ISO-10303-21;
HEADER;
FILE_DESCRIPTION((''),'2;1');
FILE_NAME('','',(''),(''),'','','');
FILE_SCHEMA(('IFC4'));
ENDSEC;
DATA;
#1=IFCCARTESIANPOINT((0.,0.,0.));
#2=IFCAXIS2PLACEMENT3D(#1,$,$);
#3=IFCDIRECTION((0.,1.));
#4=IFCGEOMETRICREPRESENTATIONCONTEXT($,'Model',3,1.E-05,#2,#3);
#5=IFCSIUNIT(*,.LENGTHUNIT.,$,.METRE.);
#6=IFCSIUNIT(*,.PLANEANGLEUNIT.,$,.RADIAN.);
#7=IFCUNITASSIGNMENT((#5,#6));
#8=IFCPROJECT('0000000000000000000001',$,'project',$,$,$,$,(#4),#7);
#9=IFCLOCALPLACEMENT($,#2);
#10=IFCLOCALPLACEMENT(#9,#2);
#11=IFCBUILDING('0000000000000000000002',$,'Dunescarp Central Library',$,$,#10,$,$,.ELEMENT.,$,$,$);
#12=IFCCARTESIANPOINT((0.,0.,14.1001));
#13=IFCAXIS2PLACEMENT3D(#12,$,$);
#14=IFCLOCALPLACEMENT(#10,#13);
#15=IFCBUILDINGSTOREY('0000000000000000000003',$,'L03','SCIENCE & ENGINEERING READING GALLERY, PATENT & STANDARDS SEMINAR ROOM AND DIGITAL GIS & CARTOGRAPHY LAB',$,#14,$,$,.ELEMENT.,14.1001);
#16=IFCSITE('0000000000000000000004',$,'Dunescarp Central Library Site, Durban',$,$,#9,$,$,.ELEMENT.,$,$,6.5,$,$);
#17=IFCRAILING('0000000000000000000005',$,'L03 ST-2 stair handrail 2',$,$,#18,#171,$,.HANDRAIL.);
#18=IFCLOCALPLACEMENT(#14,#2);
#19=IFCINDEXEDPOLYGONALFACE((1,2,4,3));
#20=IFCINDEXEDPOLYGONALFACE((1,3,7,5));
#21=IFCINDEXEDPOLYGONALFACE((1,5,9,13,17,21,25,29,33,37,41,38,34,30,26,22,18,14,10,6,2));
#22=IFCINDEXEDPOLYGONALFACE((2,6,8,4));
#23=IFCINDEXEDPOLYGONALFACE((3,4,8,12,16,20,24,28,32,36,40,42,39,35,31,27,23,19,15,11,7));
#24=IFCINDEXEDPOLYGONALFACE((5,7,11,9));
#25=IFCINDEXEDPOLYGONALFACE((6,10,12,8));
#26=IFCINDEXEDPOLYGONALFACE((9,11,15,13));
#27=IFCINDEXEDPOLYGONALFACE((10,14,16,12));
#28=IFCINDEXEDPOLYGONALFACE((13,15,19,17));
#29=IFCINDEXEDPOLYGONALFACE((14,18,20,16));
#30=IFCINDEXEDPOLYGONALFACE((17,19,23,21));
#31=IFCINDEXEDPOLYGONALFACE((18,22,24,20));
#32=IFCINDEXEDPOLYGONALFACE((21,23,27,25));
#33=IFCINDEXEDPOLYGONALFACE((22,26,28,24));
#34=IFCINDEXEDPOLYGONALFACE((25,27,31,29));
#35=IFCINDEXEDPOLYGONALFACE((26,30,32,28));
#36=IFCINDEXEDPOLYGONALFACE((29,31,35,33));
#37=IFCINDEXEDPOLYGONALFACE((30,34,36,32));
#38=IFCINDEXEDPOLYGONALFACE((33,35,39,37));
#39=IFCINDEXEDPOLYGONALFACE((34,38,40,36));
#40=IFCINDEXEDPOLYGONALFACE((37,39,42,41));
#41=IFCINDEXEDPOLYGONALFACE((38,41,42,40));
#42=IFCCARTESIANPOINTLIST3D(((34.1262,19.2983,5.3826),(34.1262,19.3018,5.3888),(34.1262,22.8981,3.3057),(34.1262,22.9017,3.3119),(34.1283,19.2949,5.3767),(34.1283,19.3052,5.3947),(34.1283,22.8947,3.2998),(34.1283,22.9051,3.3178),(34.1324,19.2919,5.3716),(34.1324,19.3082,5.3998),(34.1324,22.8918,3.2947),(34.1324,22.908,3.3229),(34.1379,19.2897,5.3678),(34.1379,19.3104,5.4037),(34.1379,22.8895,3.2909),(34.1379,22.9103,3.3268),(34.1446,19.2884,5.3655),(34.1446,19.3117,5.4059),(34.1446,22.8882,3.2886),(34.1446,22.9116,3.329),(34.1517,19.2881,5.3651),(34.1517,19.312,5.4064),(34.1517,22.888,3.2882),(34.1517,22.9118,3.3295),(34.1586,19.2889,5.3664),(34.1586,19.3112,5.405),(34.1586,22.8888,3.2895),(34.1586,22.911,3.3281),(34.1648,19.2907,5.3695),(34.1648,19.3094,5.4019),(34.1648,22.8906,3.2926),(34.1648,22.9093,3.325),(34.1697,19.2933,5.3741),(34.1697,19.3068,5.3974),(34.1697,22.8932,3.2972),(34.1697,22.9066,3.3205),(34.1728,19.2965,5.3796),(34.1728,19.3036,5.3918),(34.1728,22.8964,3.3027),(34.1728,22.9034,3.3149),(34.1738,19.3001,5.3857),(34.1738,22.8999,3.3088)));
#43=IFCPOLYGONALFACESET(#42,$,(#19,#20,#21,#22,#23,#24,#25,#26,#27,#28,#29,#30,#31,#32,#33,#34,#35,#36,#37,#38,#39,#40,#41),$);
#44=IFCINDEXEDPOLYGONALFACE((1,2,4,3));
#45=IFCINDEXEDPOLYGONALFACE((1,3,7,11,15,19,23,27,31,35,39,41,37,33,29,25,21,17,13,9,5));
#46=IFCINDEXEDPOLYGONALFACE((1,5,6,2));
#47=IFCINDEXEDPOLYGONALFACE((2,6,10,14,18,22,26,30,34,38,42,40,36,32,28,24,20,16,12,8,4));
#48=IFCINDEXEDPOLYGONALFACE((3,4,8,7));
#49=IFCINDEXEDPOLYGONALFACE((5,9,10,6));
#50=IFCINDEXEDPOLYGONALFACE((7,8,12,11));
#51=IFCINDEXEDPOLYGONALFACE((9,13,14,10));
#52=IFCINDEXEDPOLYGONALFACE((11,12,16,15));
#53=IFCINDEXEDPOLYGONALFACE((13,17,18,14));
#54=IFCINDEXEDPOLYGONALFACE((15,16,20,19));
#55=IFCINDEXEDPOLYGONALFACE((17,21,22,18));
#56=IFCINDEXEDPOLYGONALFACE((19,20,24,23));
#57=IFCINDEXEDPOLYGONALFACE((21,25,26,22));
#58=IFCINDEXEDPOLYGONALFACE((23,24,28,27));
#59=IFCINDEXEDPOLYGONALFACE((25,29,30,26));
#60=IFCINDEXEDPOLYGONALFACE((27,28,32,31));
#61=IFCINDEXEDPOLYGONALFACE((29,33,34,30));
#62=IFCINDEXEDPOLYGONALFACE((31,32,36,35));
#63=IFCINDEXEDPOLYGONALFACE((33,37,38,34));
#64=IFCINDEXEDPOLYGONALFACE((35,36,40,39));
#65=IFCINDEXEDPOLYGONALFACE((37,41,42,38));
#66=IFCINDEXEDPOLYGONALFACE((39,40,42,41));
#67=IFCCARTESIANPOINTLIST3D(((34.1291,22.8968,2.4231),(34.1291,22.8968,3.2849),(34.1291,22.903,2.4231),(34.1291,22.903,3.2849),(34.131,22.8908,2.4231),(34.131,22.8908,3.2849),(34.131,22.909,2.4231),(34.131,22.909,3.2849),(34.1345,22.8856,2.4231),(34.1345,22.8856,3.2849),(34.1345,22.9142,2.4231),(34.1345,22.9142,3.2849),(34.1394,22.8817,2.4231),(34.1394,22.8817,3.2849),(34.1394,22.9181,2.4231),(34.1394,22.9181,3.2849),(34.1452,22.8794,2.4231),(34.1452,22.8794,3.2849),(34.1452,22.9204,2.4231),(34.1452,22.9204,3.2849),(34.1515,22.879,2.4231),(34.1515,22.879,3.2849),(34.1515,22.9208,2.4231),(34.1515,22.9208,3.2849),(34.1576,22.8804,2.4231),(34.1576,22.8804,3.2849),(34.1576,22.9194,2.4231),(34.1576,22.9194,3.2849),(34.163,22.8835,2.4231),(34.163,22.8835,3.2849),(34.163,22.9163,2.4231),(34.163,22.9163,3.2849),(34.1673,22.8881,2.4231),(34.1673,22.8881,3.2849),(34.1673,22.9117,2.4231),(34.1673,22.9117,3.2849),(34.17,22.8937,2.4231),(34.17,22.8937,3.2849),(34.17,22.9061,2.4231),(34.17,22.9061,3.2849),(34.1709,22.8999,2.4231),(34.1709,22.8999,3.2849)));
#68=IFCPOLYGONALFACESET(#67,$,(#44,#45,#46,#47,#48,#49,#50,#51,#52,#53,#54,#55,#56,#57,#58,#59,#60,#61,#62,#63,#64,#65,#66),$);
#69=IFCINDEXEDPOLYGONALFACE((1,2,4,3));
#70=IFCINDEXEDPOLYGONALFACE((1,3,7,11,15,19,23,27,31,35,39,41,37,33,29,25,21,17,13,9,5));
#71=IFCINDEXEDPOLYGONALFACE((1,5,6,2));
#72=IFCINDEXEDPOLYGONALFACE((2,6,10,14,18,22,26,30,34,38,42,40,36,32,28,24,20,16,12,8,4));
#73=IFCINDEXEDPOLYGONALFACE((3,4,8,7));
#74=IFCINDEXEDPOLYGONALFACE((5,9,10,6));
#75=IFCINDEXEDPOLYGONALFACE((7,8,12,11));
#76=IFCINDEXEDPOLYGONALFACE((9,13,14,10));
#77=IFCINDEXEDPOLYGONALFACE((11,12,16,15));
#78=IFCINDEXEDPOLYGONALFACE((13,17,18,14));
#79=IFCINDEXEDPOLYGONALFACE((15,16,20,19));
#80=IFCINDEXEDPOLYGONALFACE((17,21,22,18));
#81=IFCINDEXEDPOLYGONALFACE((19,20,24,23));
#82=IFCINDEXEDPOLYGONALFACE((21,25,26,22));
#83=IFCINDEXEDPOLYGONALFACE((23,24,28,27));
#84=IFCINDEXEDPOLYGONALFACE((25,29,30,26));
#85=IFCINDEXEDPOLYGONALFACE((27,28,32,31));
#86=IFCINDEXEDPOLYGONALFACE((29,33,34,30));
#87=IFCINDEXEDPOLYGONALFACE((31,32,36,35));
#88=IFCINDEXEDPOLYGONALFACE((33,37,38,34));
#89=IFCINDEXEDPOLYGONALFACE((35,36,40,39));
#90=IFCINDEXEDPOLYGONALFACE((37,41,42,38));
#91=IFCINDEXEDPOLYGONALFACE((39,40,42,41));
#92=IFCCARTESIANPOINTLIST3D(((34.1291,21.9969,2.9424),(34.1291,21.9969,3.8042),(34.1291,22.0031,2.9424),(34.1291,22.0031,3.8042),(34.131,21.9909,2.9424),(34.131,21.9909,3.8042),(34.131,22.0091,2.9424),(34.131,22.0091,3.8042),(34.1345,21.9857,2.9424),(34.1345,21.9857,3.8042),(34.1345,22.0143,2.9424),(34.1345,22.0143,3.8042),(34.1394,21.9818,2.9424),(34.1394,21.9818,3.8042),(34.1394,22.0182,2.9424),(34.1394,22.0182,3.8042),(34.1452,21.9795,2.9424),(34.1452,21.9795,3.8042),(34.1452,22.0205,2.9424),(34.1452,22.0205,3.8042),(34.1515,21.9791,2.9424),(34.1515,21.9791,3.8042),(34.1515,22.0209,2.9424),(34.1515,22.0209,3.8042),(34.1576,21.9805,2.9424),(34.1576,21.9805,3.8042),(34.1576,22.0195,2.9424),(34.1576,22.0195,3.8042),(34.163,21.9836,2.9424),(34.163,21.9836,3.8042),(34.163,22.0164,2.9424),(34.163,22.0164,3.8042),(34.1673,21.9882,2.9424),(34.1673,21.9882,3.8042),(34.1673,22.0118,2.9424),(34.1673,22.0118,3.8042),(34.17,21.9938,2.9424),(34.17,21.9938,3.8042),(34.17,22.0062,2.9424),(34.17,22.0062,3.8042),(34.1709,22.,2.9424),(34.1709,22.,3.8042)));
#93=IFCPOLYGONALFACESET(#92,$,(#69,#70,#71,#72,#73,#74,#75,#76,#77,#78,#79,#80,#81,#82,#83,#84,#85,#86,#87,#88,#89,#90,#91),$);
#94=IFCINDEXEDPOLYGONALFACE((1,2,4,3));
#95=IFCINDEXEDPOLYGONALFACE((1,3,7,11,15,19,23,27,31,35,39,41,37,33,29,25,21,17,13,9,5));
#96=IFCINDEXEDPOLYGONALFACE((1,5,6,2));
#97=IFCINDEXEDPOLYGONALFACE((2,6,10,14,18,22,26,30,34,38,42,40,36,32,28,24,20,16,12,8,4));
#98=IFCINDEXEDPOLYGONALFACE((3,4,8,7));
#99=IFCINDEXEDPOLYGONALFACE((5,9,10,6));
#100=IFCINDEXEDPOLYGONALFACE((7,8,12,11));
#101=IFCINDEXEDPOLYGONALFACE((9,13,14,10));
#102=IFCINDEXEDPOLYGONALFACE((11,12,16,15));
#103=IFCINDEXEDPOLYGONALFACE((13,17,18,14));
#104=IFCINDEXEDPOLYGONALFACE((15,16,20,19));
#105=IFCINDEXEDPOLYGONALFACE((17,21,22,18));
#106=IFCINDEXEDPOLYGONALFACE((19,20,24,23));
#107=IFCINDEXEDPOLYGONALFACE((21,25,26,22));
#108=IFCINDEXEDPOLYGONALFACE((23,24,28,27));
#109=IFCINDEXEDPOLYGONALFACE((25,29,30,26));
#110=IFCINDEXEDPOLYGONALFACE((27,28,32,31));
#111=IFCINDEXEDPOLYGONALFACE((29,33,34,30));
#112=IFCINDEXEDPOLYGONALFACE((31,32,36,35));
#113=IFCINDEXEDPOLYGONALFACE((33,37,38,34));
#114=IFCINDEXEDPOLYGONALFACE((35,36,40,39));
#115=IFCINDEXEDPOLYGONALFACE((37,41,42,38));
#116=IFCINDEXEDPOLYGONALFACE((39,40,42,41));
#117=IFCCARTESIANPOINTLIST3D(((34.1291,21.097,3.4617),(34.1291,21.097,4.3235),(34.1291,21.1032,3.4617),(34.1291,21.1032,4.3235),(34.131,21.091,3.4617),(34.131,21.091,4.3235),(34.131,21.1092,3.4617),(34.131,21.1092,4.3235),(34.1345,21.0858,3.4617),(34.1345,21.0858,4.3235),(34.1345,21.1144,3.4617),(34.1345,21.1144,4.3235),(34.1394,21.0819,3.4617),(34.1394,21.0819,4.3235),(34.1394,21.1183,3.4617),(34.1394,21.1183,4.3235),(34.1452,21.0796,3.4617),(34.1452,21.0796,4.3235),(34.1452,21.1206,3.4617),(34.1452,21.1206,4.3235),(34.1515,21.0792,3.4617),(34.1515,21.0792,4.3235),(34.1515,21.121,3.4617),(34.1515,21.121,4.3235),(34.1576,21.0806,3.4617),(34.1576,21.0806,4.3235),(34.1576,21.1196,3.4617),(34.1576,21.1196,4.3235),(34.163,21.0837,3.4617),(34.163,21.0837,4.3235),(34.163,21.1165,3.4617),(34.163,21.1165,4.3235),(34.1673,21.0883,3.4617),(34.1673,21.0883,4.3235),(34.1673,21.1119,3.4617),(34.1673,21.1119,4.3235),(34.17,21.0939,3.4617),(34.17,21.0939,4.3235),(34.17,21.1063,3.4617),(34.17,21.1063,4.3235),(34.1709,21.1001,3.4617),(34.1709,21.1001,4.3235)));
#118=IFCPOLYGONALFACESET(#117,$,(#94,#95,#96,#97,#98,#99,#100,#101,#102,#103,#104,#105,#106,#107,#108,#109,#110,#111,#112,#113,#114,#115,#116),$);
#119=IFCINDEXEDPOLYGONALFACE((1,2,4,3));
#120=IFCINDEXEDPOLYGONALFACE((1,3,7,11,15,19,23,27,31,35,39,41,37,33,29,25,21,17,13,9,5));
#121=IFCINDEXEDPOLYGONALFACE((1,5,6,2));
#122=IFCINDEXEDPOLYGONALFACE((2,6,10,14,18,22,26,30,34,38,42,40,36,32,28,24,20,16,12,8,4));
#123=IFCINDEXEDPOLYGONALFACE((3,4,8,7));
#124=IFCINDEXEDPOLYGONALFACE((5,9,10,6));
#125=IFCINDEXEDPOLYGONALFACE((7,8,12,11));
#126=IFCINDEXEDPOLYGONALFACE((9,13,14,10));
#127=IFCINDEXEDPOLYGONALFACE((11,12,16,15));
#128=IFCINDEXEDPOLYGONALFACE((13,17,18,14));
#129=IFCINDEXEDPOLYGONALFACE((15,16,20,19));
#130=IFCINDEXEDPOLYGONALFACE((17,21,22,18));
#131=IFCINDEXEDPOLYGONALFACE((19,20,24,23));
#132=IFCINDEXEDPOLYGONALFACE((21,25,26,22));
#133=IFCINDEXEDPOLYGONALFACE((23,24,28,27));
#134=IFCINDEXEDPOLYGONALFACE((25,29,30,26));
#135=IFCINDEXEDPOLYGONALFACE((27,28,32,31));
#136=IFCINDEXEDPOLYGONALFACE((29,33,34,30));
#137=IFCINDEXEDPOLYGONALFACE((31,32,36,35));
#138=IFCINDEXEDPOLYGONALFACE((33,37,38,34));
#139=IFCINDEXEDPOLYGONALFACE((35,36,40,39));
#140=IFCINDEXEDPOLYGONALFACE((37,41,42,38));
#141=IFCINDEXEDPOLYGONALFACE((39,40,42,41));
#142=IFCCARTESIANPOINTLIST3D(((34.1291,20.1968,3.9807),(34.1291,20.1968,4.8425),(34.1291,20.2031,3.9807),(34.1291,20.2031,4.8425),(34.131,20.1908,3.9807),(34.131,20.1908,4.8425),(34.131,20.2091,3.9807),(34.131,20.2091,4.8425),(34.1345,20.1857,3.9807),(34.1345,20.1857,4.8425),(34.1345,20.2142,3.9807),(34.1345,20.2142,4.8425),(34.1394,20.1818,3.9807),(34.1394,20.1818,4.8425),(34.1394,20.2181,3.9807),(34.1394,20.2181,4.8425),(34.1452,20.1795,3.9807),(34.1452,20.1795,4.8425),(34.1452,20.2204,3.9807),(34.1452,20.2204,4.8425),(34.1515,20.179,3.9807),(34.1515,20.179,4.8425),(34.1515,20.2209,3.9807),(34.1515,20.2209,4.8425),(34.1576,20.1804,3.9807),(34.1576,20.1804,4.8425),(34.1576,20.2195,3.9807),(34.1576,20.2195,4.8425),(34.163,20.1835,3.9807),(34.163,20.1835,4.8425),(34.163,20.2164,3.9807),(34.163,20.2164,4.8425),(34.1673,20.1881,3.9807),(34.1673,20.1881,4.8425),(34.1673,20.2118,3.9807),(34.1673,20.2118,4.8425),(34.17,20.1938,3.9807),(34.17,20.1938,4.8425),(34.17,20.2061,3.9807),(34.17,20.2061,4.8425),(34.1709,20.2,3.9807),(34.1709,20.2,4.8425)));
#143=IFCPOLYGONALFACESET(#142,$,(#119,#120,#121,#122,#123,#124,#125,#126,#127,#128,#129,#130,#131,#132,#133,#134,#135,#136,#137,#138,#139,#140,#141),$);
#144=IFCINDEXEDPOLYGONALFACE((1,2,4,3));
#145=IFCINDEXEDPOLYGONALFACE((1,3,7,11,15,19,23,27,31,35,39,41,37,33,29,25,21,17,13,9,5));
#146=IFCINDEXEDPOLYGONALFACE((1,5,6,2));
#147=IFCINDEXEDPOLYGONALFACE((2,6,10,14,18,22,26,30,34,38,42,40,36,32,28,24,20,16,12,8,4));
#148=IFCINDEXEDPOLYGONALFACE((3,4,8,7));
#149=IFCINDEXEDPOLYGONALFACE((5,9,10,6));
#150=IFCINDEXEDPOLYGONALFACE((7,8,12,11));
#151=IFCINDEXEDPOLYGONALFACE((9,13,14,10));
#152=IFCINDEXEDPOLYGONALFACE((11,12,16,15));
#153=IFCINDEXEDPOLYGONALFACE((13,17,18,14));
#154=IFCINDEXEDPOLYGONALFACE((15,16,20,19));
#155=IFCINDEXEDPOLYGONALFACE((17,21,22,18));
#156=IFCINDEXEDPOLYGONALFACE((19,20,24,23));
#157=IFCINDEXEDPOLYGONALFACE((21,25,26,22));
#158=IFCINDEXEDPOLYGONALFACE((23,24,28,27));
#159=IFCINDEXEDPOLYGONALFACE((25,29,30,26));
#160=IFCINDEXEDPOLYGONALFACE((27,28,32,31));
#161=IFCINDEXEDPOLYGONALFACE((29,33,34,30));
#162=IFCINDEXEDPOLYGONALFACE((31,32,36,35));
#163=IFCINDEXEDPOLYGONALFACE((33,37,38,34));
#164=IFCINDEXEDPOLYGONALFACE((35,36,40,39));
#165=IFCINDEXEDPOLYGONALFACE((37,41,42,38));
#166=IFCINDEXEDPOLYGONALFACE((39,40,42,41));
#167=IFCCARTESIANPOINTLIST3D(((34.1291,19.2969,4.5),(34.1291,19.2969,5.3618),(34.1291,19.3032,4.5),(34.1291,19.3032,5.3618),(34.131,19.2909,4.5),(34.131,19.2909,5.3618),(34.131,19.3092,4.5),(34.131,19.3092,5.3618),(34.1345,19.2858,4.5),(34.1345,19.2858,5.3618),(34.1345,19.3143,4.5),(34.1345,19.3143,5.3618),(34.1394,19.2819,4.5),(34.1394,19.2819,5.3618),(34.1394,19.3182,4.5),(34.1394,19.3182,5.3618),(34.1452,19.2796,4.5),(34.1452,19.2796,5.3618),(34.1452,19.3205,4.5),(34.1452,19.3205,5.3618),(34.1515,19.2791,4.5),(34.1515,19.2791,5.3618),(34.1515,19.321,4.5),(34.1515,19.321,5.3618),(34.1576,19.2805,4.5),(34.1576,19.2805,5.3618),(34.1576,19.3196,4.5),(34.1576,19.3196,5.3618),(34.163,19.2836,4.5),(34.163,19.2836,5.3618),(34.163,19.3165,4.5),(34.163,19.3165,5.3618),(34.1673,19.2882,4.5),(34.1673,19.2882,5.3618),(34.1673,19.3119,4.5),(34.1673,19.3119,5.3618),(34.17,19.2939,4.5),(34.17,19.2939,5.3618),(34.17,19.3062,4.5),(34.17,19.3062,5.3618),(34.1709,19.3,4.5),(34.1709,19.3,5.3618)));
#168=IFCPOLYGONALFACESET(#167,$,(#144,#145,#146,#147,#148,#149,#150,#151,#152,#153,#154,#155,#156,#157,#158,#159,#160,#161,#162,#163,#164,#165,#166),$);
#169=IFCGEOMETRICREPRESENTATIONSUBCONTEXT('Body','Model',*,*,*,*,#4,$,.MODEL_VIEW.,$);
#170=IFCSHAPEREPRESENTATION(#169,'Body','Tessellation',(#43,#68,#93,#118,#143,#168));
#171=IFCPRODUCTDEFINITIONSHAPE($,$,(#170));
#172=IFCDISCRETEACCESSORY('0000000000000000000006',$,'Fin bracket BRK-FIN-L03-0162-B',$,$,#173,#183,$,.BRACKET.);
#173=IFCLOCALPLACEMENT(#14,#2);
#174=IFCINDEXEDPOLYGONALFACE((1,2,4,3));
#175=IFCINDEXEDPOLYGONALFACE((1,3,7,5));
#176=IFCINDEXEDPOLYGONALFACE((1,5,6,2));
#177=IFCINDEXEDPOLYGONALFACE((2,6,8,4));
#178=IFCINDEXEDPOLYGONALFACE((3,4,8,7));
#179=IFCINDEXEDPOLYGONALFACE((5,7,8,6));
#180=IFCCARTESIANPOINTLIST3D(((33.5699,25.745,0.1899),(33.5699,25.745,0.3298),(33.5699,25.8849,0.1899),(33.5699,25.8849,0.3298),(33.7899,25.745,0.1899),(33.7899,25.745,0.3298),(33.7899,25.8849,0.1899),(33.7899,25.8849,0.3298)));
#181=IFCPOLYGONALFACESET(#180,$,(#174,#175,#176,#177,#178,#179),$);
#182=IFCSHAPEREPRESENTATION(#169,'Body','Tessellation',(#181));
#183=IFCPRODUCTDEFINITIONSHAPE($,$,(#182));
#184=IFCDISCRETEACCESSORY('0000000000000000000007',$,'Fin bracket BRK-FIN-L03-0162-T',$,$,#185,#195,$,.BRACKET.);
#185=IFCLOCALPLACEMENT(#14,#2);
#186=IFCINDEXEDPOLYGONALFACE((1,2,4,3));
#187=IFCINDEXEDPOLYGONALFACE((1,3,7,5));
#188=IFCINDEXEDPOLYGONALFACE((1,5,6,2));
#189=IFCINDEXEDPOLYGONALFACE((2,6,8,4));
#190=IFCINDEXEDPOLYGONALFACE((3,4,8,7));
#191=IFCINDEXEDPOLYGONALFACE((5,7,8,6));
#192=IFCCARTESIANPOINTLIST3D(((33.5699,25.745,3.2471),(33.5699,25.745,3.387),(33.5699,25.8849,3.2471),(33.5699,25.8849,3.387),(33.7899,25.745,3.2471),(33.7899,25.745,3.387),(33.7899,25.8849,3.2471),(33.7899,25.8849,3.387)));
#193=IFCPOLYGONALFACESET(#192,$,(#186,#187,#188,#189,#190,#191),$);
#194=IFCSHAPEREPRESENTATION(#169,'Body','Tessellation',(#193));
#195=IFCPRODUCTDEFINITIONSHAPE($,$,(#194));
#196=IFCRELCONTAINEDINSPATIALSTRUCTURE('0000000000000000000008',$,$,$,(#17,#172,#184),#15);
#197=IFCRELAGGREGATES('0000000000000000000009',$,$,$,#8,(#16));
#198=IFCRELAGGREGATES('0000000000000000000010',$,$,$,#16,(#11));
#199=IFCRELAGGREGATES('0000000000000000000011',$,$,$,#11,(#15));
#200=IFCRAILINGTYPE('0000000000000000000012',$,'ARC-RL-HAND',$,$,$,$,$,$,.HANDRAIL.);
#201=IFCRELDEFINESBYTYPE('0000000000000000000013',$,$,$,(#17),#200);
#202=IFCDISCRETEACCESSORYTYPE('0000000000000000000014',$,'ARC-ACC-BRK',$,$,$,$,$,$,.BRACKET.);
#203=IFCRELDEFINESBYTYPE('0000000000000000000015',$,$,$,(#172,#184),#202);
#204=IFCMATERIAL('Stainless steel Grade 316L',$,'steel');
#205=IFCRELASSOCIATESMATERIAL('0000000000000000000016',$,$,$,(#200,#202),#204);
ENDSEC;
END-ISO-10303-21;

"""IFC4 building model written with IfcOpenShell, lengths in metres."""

from ifc_helpers import new_model, si_unit, direction, frame, origin, origin_2d, place, context, subcontext, project, spatial, rectangle, circle, extrude, material, type_object, element, save


model = new_model("IFC4")

# Units and contexts
model_context = context("Model", 3, precision=1e-05, world=origin(), true_north=direction((0.0, 1.0)))
body_context = subcontext(model_context, "Body", "Model", "MODEL_VIEW")
ifc_project = project(units=[si_unit("LENGTHUNIT", "METRE"), si_unit("PLANEANGLEUNIT", "RADIAN")], contexts=[model_context])

# Site, building, storey
site_placement = place(None, origin())
site = spatial("IfcSite", under=ifc_project, at=site_placement, Name="Dunescarp Central Library Site, Durban", CompositionType="ELEMENT", RefElevation=6.5)
building_placement = place(site_placement, origin())
building = spatial("IfcBuilding", under=site, at=building_placement, Name="Dunescarp Central Library", CompositionType="ELEMENT")
storey_placement = place(building_placement, frame((0.0, 0.0, 14.1001)))
storey = spatial("IfcBuildingStorey", under=building, at=storey_placement, Name="L03", Description="SCIENCE & ENGINEERING READING GALLERY, PATENT & STANDARDS SEMINAR ROOM AND DIGITAL GIS & CARTOGRAPHY LAB", CompositionType="ELEMENT", Elevation=14.1001)

# Railing
ifc_material_1 = material(Name="Stainless steel Grade 316L", Category="steel")
railing_type_1 = type_object("IfcRailingType", Name="ARC-RL-HAND", PredefinedType="HANDRAIL", material=ifc_material_1)
railing_1_placement = place(storey_placement, frame((34.1499, 22.8999, 2.4231)))
element("IfcRailing", 1, at=railing_1_placement, inside=storey, type_object=railing_type_1, Name="L03 ST-2 stair handrail 2", PredefinedType="HANDRAIL", context=body_context, shape_type="SweptSolid", body=[
    extrude(circle(Radius=0.0239, at=origin_2d()), frame((0.0, 0.0, 0.8857), z_axis=(0.0, -0.866179, 0.499734), x_axis=(1.0, 0.0, 0.0)), (0.0, 0.0, 1.0), 4.156),
    extrude(circle(Radius=0.021, at=origin_2d()), origin(), (0.0, 0.0, 1.0), 0.8618),
    extrude(circle(Radius=0.021, at=origin_2d()), frame((0.0, -0.8999, 0.5193)), (0.0, 0.0, 1.0), 0.8618),
    extrude(circle(Radius=0.021, at=origin_2d()), frame((0.0, -1.7998, 1.0386)), (0.0, 0.0, 1.0), 0.8618),
    extrude(circle(Radius=0.021, at=origin_2d()), frame((0.0, -2.7, 1.5576)), (0.0, 0.0, 1.0), 0.8618),
    extrude(circle(Radius=0.021, at=origin_2d()), frame((0.0, -3.5999, 2.0769)), (0.0, 0.0, 1.0), 0.8618),
])

# Discrete accessories
discrete_accessory_type = type_object("IfcDiscreteAccessoryType", Name="ARC-ACC-BRK", PredefinedType="BRACKET", material=ifc_material_1)
for number, where, z_axis, x_axis, name in (
    (2, (33.6799, 25.8149, 0.1899), (0.0, 0.0, 1.0), (1.0, 0.0, 0.0), "Fin bracket BRK-FIN-L03-0162-B"),
    (3, (33.6799, 25.8149, 3.2471), (0.0, 0.0, 1.0), (1.0, 0.0, 0.0), "Fin bracket BRK-FIN-L03-0162-T"),
):
    element("IfcDiscreteAccessory", number, at=place(storey_placement, frame(where, z_axis=z_axis, x_axis=x_axis)), inside=storey, type_object=discrete_accessory_type, Name=name, PredefinedType="BRACKET", context=body_context, shape_type="SweptSolid", body=[
        extrude(rectangle(XDim=0.22, YDim=0.1399, at=origin_2d()), origin(), (0.0, 0.0, 1.0), 0.1399),
    ])

save(model, "model.ifc")
